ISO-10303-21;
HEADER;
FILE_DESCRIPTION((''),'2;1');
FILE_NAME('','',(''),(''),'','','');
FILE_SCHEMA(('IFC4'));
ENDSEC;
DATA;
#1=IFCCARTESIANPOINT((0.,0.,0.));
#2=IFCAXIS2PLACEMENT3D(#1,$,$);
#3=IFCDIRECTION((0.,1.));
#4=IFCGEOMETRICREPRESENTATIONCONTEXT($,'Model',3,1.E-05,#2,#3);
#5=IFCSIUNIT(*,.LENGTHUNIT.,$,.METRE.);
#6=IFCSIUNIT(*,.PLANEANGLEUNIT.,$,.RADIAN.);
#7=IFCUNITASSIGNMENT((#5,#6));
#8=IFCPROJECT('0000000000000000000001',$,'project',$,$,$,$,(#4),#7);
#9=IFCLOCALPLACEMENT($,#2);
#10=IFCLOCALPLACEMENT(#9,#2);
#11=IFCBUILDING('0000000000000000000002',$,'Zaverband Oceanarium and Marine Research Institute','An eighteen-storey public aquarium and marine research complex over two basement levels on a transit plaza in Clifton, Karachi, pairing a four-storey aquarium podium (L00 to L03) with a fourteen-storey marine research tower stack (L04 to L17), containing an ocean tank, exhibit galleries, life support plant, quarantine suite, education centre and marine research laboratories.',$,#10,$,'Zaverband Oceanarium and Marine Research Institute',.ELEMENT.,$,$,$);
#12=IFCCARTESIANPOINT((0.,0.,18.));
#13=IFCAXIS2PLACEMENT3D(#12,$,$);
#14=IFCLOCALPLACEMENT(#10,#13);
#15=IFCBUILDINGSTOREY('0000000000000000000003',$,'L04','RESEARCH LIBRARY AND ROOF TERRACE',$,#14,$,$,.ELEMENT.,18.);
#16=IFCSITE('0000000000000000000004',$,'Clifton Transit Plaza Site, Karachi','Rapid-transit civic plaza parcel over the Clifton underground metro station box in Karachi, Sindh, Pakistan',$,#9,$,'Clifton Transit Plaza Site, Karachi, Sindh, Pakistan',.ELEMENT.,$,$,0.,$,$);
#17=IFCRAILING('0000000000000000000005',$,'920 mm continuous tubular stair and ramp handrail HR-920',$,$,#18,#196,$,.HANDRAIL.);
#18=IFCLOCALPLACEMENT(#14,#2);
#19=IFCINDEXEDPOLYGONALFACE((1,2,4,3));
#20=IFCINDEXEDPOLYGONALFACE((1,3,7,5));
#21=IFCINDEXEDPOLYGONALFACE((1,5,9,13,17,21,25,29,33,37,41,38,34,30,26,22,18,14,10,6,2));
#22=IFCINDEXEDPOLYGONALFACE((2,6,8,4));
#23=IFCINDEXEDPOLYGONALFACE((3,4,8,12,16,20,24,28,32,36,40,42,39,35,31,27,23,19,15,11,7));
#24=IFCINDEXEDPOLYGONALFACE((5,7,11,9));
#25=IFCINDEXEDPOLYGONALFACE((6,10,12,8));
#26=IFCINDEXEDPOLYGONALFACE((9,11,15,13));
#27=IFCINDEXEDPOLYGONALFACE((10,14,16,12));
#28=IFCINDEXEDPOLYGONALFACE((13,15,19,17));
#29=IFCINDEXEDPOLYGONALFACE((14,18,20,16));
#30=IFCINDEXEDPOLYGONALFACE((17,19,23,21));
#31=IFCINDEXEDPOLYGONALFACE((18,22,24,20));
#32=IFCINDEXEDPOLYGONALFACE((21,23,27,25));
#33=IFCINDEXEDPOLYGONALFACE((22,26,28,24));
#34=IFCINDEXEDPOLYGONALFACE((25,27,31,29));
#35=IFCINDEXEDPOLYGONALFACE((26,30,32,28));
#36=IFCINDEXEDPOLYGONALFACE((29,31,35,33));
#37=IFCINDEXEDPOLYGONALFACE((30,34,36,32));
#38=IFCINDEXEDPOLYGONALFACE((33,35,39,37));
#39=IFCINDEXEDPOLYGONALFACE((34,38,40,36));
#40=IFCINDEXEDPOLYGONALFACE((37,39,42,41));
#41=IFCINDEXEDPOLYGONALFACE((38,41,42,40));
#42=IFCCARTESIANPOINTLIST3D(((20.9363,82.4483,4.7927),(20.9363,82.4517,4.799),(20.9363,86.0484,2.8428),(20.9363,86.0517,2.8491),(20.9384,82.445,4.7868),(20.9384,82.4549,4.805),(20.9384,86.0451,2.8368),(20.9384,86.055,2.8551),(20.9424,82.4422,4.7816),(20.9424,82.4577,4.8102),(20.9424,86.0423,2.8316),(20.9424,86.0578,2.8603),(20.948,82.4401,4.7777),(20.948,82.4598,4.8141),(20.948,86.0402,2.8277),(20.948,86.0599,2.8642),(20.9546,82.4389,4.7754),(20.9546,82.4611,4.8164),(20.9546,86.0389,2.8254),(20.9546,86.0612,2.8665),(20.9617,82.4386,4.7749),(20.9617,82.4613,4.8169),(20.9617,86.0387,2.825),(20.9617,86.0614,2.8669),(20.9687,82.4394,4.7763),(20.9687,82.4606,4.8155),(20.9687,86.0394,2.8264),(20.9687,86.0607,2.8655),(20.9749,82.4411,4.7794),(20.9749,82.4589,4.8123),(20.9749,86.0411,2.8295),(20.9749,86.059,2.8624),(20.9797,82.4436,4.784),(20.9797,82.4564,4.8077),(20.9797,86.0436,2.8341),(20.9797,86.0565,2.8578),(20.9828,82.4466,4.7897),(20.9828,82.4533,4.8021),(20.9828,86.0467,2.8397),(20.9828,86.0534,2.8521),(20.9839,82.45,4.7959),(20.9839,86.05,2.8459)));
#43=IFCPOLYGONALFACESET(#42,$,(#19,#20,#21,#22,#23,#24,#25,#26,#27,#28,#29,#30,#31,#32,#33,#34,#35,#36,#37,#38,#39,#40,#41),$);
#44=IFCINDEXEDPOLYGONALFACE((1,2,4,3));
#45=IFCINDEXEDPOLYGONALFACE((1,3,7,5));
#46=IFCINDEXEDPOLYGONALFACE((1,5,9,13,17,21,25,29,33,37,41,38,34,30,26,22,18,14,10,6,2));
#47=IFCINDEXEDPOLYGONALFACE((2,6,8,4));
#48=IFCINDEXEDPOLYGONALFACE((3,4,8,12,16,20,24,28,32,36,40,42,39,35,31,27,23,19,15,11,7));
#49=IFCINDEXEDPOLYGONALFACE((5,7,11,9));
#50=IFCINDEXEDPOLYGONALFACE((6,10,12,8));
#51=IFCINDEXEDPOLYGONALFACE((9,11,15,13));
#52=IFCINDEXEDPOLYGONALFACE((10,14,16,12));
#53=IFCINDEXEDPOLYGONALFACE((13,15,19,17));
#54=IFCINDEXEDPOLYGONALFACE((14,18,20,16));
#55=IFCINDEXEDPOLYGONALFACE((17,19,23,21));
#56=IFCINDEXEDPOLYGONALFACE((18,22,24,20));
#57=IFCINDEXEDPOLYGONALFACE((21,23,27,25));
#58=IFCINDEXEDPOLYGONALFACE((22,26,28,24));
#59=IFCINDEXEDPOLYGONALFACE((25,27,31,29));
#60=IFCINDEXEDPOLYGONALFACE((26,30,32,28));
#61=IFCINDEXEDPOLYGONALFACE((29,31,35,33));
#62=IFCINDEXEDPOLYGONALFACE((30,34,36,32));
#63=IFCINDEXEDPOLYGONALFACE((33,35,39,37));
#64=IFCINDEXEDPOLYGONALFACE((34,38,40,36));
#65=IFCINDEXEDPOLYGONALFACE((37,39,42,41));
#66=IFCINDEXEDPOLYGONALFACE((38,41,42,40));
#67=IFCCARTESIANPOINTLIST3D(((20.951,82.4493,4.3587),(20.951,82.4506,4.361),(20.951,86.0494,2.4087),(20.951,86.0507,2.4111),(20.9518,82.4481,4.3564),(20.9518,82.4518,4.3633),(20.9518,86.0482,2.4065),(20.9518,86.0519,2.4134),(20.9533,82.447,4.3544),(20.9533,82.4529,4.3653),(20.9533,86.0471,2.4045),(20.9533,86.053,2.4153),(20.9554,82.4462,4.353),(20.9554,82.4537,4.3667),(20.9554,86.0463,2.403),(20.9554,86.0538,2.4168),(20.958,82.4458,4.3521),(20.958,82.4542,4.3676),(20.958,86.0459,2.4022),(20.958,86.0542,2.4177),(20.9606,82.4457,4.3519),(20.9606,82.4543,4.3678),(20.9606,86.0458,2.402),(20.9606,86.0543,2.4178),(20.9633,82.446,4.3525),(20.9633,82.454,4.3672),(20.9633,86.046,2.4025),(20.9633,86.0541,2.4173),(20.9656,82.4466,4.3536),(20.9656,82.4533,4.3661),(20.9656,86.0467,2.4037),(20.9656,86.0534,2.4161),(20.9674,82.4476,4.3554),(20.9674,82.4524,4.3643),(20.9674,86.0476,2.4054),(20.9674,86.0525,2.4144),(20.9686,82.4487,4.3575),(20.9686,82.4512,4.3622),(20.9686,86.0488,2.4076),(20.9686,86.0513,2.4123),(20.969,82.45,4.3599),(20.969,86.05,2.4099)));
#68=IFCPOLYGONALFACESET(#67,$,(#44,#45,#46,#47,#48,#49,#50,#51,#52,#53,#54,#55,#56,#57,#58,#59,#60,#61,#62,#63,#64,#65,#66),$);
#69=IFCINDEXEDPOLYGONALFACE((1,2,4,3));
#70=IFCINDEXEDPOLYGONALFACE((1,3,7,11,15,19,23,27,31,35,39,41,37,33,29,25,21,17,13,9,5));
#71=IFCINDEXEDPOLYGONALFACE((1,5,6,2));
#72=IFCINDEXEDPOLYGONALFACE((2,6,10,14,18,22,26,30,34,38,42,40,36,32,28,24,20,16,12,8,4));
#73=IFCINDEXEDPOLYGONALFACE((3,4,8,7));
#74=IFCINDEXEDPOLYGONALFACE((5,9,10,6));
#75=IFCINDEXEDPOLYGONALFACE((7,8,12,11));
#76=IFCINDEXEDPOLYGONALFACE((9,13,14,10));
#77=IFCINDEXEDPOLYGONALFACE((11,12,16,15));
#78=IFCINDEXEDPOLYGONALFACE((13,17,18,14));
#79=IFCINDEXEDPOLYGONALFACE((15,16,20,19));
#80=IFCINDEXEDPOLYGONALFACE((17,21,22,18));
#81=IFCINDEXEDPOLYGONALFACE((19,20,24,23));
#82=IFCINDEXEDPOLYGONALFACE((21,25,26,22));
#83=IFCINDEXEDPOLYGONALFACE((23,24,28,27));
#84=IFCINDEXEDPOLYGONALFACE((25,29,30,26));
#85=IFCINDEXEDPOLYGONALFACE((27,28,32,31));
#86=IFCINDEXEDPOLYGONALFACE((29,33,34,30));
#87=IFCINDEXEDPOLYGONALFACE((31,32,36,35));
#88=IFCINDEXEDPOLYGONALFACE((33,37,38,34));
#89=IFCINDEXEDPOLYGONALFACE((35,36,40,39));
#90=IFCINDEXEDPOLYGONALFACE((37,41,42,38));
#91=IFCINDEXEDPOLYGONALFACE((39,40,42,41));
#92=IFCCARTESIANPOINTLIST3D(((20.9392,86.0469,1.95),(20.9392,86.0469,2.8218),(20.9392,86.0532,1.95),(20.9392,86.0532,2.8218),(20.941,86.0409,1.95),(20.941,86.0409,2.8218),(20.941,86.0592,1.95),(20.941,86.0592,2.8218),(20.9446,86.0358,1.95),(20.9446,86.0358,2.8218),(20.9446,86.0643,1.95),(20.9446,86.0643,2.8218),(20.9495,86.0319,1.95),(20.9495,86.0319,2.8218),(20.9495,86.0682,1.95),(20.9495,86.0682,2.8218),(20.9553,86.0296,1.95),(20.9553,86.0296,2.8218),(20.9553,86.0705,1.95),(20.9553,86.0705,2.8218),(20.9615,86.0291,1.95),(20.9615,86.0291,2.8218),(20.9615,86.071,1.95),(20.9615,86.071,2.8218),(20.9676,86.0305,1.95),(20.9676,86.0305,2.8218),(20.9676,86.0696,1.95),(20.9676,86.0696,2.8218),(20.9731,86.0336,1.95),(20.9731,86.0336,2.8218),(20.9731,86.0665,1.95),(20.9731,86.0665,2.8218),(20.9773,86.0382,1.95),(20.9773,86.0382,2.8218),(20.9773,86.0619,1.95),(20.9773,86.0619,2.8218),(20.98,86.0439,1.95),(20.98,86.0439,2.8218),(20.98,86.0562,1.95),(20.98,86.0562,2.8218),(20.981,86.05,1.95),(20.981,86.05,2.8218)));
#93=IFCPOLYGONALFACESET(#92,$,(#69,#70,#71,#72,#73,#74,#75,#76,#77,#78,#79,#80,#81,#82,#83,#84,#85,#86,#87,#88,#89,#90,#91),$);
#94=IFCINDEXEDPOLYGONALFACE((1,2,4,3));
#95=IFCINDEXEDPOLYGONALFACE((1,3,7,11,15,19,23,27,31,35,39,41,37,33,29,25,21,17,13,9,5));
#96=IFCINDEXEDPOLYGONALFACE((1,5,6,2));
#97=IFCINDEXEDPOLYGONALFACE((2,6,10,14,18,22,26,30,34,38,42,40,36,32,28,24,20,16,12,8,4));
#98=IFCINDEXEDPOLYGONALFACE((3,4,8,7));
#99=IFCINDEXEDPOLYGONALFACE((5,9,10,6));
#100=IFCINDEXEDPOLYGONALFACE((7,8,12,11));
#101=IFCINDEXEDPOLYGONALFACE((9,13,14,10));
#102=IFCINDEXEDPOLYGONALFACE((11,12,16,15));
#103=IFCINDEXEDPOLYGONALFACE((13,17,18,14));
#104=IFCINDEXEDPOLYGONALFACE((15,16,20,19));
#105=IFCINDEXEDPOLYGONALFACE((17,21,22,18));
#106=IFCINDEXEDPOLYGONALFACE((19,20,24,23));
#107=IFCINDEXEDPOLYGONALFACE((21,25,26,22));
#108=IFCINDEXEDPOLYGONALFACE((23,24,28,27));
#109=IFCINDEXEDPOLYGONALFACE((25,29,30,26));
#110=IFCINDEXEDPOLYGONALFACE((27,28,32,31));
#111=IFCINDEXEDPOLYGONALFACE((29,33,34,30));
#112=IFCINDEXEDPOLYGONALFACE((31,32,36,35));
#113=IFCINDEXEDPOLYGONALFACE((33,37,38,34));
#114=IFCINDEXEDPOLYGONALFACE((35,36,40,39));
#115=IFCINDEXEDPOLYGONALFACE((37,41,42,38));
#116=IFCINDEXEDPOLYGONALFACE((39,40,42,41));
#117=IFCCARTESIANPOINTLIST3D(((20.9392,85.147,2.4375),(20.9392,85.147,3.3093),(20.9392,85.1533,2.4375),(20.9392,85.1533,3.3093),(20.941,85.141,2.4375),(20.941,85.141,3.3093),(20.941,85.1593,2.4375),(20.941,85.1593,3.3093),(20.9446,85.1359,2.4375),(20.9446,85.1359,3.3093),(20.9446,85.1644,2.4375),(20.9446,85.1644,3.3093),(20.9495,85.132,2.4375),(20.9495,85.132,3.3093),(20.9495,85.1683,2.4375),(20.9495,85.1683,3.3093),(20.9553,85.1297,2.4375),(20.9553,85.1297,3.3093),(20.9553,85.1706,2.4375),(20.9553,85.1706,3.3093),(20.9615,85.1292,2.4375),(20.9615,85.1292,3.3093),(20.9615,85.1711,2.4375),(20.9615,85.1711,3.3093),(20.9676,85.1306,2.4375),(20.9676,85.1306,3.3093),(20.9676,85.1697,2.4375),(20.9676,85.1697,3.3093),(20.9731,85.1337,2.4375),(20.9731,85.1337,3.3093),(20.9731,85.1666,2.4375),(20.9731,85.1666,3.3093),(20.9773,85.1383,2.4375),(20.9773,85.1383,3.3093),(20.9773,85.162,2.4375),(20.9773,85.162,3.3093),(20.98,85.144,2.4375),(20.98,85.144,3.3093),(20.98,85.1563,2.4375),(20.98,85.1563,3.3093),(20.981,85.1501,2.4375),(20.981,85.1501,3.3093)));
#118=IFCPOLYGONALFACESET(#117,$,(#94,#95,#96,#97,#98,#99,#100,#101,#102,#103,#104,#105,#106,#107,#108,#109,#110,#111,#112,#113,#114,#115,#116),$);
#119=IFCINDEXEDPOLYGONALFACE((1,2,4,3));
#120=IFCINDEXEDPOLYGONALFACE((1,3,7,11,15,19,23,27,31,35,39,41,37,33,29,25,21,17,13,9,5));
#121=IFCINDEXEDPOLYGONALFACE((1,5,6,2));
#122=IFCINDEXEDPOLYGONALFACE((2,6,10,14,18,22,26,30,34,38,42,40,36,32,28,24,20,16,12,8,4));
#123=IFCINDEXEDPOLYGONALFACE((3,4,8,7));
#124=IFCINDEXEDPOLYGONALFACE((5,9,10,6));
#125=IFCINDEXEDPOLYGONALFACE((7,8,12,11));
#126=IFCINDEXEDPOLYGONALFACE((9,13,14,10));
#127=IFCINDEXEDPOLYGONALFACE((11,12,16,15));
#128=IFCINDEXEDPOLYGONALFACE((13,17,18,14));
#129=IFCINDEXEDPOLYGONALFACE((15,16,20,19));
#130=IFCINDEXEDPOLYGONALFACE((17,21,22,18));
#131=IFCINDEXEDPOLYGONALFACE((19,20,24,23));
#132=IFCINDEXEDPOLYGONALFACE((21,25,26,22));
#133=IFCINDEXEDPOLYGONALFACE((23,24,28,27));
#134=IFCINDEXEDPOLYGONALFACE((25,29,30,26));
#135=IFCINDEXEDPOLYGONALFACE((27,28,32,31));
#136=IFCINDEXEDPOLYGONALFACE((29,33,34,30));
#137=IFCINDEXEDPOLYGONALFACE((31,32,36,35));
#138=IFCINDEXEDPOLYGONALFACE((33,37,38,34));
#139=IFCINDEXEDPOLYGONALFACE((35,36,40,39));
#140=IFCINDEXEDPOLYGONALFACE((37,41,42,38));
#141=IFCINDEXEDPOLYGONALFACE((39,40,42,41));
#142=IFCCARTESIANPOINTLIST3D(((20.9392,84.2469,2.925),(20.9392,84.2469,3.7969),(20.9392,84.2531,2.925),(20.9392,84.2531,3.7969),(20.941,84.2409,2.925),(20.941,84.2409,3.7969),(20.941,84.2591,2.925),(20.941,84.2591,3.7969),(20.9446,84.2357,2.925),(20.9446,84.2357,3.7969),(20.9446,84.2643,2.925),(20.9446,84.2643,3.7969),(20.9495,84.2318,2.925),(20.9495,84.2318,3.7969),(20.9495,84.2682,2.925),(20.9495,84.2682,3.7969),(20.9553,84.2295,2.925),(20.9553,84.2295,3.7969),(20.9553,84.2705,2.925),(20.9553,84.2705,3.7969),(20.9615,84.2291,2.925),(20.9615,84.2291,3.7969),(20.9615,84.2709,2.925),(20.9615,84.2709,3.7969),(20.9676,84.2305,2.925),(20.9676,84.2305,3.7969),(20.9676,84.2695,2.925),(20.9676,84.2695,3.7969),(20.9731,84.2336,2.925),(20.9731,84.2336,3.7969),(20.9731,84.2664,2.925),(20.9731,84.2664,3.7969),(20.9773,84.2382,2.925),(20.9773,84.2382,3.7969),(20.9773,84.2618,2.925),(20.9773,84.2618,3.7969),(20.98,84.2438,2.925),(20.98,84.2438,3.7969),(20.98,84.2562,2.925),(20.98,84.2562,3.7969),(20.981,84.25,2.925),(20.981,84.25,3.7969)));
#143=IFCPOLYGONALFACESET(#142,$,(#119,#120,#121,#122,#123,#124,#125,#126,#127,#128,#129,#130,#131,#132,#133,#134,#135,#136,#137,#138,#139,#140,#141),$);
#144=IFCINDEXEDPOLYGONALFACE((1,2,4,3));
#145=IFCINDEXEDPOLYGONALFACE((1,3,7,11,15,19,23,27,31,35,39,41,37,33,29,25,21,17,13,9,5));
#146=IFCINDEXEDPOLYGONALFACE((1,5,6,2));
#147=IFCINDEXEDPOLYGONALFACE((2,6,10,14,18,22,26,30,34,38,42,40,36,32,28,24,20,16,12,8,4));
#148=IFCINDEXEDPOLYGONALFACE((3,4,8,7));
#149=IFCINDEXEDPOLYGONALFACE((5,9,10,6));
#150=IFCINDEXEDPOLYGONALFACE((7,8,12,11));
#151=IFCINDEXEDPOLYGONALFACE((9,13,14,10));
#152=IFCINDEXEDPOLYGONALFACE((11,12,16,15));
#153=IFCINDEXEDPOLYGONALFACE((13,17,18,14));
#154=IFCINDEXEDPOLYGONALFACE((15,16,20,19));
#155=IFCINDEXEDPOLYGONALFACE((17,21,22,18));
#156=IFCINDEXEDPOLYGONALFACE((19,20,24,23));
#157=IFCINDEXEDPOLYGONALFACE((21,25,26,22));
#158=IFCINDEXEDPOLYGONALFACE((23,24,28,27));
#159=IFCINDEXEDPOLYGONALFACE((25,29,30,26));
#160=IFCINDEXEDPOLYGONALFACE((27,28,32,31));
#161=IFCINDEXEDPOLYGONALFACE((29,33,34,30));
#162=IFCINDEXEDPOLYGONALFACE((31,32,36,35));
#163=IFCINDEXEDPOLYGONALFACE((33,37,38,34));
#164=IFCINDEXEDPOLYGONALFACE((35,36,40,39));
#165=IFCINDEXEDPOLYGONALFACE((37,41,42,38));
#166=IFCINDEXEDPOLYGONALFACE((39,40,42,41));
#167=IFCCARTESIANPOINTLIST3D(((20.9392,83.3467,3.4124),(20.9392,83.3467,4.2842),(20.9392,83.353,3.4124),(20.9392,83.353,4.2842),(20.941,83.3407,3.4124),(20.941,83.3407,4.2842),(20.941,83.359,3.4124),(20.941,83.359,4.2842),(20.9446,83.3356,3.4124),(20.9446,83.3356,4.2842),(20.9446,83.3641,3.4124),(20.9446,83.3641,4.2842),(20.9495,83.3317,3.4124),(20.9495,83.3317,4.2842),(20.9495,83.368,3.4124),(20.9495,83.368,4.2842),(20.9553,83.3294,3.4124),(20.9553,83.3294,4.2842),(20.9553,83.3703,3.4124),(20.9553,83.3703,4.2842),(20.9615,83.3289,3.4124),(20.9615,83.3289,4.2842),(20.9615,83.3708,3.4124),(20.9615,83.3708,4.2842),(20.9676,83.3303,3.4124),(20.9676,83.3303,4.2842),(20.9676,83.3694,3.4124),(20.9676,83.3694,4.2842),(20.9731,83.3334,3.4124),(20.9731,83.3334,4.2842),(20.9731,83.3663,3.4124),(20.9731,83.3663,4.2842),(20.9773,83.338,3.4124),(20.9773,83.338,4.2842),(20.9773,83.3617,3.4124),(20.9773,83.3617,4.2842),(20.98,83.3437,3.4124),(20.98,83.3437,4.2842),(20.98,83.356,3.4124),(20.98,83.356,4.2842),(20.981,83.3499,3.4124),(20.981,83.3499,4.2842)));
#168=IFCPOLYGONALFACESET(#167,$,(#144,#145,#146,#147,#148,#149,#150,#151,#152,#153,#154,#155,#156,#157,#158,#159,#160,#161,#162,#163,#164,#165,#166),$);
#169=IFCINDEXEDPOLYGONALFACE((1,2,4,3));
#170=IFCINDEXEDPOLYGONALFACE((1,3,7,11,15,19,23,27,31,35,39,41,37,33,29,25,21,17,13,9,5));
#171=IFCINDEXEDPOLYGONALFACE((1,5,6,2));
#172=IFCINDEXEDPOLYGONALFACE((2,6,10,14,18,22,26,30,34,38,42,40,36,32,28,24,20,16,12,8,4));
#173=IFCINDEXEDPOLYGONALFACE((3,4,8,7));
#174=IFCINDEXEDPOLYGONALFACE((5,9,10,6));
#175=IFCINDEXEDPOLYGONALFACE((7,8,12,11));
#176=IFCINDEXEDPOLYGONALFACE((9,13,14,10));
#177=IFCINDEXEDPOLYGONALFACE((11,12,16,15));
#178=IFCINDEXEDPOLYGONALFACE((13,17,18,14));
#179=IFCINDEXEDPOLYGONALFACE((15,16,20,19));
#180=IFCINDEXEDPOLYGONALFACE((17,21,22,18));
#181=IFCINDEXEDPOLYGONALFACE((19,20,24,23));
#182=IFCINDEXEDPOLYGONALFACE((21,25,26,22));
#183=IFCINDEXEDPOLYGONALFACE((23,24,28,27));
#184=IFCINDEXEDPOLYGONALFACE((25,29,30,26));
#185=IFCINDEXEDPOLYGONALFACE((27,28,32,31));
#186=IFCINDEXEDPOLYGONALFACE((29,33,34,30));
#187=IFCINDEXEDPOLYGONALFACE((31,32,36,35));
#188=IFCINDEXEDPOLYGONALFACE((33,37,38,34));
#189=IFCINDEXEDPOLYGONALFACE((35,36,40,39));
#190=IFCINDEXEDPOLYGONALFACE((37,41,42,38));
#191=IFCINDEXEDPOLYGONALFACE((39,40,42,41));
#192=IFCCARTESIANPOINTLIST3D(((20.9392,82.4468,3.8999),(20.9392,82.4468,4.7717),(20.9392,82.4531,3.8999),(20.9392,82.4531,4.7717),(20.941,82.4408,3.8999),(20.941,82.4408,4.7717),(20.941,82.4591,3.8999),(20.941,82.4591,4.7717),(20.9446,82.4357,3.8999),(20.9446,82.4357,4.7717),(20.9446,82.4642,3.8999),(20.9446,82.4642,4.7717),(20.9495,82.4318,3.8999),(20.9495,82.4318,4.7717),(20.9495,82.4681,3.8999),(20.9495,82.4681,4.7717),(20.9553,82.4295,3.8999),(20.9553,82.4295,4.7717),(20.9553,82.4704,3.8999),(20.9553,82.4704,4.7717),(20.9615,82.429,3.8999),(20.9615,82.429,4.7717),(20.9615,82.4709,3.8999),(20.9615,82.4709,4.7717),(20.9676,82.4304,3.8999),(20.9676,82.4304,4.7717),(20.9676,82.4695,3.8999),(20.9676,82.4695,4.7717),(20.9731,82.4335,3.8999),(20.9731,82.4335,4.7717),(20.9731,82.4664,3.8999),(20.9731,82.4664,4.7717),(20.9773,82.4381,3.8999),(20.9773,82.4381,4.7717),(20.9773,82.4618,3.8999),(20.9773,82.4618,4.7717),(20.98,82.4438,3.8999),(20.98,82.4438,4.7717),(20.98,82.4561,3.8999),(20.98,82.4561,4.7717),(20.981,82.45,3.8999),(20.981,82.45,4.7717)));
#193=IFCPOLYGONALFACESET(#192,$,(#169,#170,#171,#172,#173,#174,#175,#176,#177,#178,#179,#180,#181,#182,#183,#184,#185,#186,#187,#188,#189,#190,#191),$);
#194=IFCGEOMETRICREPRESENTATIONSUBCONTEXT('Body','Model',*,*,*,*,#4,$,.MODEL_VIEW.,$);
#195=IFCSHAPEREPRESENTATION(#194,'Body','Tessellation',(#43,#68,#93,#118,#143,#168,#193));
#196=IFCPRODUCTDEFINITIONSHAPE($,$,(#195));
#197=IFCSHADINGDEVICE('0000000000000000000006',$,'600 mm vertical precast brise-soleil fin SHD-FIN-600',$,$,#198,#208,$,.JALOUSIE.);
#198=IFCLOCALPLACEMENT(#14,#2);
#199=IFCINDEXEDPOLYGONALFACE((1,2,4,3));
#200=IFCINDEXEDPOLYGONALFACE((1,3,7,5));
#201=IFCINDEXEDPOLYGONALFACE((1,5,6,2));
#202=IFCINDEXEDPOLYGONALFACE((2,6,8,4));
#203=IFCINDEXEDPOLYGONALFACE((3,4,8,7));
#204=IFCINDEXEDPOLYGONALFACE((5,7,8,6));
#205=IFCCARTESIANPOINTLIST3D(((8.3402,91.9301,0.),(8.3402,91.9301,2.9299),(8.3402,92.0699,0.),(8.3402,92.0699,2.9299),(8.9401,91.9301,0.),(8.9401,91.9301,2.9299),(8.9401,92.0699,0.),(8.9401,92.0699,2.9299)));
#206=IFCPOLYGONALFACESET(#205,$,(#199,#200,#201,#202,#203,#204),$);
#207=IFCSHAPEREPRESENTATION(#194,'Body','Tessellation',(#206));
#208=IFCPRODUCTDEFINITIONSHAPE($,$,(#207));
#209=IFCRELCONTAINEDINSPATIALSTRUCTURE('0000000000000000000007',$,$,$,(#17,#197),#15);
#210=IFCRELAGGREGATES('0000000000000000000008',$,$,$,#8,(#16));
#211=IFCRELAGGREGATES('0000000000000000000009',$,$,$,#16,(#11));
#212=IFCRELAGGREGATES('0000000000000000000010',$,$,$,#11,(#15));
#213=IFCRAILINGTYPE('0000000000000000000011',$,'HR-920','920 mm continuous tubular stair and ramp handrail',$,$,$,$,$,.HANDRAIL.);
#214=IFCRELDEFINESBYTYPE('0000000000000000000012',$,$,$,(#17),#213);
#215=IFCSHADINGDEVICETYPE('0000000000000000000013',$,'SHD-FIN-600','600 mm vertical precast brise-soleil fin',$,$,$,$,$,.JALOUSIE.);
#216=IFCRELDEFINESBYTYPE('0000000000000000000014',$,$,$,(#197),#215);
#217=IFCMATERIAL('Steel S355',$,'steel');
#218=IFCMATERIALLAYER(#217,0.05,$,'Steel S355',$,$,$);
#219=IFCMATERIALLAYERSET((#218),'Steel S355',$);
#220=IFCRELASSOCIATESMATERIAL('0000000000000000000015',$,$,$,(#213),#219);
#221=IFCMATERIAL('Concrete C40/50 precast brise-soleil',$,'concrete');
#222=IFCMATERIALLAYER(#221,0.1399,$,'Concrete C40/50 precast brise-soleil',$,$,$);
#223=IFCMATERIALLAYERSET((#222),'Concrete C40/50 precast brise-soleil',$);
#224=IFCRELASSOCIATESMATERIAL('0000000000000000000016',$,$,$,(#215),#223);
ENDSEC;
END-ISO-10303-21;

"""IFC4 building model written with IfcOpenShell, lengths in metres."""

from ifc_helpers import new_model, si_unit, direction, frame, frame_2d, origin, origin_2d, place, context, subcontext, project, spatial, rectangle, circle, extrude, material, layer, layer_set, type_object, element, save


model = new_model("IFC4")

# Units and contexts
model_context = context("Model", 3, precision=1e-05, world=origin(), true_north=direction((0.0, 1.0)))
body_context = subcontext(model_context, "Body", "Model", "MODEL_VIEW")
ifc_project = project(units=[si_unit("LENGTHUNIT", "METRE"), si_unit("PLANEANGLEUNIT", "RADIAN")], contexts=[model_context])

# Site, building, storey
site_placement = place(None, origin())
site = spatial("IfcSite", under=ifc_project, at=site_placement, Name="Clifton Transit Plaza Site, Karachi", Description="Rapid-transit civic plaza parcel over the Clifton underground metro station box in Karachi, Sindh, Pakistan", LongName="Clifton Transit Plaza Site, Karachi, Sindh, Pakistan", CompositionType="ELEMENT", RefElevation=0.0)
building_placement = place(site_placement, origin())
building = spatial("IfcBuilding", under=site, at=building_placement, Name="Zaverband Oceanarium and Marine Research Institute", Description="An eighteen-storey public aquarium and marine research complex over two basement levels on a transit plaza in Clifton, Karachi, pairing a four-storey aquarium podium (L00 to L03) with a fourteen-storey marine research tower stack (L04 to L17), containing an ocean tank, exhibit galleries, life support plant, quarantine suite, education centre and marine research laboratories.", LongName="Zaverband Oceanarium and Marine Research Institute", CompositionType="ELEMENT")
storey_placement = place(building_placement, frame((0.0, 0.0, 18.0)))
storey = spatial("IfcBuildingStorey", under=building, at=storey_placement, Name="L04", Description="RESEARCH LIBRARY AND ROOF TERRACE", CompositionType="ELEMENT", Elevation=18.0)

# Shared definitions
ifc_material_1 = material(Name="Steel S355", Category="steel")

# Railing
ifc_layer_1 = layer(ifc_material_1, 0.05, Name="Steel S355")
ifc_layer_set_1 = layer_set([ifc_layer_1], Name="Steel S355")
railing_type = type_object("IfcRailingType", Name="HR-920", Description="920 mm continuous tubular stair and ramp handrail", PredefinedType="HANDRAIL", material=ifc_layer_set_1)
railing_placement = place(storey_placement, frame((20.96, 86.05, 1.95)))
element("IfcRailing", 1, at=railing_placement, inside=storey, type_object=railing_type, Name="920 mm continuous tubular stair and ramp handrail HR-920", PredefinedType="HANDRAIL", context=body_context, shape_type="SweptSolid", body=[
    extrude(circle(Radius=0.0239, at=origin_2d()), frame((0.0, 0.0, 0.896), z_axis=(0.0, -0.879302, 0.476264), x_axis=(1.0, 0.0, 0.0)), (0.0, 0.0, 1.0), 4.0942),
    extrude(circle(Radius=0.009, at=origin_2d()), frame((0.0, 0.0, 0.46), z_axis=(0.0, -0.879302, 0.476264), x_axis=(1.0, 0.0, 0.0)), (0.0, 0.0, 1.0), 4.0942),
    extrude(circle(Radius=0.021, at=origin_2d()), origin(), (0.0, 0.0, 1.0), 0.8718),
    extrude(circle(Radius=0.021, at=origin_2d()), frame((0.0, -0.8999, 0.4875)), (0.0, 0.0, 1.0), 0.8718),
    extrude(circle(Radius=0.021, at=origin_2d()), frame((0.0, -1.8, 0.9751)), (0.0, 0.0, 1.0), 0.8718),
    extrude(circle(Radius=0.021, at=origin_2d()), frame((0.0, -2.7002, 1.4624)), (0.0, 0.0, 1.0), 0.8718),
    extrude(circle(Radius=0.021, at=origin_2d()), frame((0.0, -3.6001, 1.95)), (0.0, 0.0, 1.0), 0.8718),
])

# Shading device
ifc_material_2 = material(Name="Concrete C40/50 precast brise-soleil", Category="concrete")
ifc_layer_2 = layer(ifc_material_2, 0.1399, Name="Concrete C40/50 precast brise-soleil")
ifc_layer_set_2 = layer_set([ifc_layer_2], Name="Concrete C40/50 precast brise-soleil")
shading_device_type = type_object("IfcShadingDeviceType", Name="SHD-FIN-600", Description="600 mm vertical precast brise-soleil fin", PredefinedType="JALOUSIE", material=ifc_layer_set_2)
shading_device_placement = place(storey_placement, frame((8.9399, 92.0, 0.0), z_axis=(0.0, 0.0, 1.0), x_axis=(-1.0, 0.0, 0.0)))
element("IfcShadingDevice", 2, at=shading_device_placement, inside=storey, type_object=shading_device_type, Name="600 mm vertical precast brise-soleil fin SHD-FIN-600", PredefinedType="JALOUSIE", context=body_context, shape_type="SweptSolid", body=[
    extrude(rectangle(XDim=0.5999, YDim=0.1399, at=frame_2d((0.2998, 0.0))), origin(), (0.0, 0.0, 1.0), 2.9299),
])

save(model, "model.ifc")
